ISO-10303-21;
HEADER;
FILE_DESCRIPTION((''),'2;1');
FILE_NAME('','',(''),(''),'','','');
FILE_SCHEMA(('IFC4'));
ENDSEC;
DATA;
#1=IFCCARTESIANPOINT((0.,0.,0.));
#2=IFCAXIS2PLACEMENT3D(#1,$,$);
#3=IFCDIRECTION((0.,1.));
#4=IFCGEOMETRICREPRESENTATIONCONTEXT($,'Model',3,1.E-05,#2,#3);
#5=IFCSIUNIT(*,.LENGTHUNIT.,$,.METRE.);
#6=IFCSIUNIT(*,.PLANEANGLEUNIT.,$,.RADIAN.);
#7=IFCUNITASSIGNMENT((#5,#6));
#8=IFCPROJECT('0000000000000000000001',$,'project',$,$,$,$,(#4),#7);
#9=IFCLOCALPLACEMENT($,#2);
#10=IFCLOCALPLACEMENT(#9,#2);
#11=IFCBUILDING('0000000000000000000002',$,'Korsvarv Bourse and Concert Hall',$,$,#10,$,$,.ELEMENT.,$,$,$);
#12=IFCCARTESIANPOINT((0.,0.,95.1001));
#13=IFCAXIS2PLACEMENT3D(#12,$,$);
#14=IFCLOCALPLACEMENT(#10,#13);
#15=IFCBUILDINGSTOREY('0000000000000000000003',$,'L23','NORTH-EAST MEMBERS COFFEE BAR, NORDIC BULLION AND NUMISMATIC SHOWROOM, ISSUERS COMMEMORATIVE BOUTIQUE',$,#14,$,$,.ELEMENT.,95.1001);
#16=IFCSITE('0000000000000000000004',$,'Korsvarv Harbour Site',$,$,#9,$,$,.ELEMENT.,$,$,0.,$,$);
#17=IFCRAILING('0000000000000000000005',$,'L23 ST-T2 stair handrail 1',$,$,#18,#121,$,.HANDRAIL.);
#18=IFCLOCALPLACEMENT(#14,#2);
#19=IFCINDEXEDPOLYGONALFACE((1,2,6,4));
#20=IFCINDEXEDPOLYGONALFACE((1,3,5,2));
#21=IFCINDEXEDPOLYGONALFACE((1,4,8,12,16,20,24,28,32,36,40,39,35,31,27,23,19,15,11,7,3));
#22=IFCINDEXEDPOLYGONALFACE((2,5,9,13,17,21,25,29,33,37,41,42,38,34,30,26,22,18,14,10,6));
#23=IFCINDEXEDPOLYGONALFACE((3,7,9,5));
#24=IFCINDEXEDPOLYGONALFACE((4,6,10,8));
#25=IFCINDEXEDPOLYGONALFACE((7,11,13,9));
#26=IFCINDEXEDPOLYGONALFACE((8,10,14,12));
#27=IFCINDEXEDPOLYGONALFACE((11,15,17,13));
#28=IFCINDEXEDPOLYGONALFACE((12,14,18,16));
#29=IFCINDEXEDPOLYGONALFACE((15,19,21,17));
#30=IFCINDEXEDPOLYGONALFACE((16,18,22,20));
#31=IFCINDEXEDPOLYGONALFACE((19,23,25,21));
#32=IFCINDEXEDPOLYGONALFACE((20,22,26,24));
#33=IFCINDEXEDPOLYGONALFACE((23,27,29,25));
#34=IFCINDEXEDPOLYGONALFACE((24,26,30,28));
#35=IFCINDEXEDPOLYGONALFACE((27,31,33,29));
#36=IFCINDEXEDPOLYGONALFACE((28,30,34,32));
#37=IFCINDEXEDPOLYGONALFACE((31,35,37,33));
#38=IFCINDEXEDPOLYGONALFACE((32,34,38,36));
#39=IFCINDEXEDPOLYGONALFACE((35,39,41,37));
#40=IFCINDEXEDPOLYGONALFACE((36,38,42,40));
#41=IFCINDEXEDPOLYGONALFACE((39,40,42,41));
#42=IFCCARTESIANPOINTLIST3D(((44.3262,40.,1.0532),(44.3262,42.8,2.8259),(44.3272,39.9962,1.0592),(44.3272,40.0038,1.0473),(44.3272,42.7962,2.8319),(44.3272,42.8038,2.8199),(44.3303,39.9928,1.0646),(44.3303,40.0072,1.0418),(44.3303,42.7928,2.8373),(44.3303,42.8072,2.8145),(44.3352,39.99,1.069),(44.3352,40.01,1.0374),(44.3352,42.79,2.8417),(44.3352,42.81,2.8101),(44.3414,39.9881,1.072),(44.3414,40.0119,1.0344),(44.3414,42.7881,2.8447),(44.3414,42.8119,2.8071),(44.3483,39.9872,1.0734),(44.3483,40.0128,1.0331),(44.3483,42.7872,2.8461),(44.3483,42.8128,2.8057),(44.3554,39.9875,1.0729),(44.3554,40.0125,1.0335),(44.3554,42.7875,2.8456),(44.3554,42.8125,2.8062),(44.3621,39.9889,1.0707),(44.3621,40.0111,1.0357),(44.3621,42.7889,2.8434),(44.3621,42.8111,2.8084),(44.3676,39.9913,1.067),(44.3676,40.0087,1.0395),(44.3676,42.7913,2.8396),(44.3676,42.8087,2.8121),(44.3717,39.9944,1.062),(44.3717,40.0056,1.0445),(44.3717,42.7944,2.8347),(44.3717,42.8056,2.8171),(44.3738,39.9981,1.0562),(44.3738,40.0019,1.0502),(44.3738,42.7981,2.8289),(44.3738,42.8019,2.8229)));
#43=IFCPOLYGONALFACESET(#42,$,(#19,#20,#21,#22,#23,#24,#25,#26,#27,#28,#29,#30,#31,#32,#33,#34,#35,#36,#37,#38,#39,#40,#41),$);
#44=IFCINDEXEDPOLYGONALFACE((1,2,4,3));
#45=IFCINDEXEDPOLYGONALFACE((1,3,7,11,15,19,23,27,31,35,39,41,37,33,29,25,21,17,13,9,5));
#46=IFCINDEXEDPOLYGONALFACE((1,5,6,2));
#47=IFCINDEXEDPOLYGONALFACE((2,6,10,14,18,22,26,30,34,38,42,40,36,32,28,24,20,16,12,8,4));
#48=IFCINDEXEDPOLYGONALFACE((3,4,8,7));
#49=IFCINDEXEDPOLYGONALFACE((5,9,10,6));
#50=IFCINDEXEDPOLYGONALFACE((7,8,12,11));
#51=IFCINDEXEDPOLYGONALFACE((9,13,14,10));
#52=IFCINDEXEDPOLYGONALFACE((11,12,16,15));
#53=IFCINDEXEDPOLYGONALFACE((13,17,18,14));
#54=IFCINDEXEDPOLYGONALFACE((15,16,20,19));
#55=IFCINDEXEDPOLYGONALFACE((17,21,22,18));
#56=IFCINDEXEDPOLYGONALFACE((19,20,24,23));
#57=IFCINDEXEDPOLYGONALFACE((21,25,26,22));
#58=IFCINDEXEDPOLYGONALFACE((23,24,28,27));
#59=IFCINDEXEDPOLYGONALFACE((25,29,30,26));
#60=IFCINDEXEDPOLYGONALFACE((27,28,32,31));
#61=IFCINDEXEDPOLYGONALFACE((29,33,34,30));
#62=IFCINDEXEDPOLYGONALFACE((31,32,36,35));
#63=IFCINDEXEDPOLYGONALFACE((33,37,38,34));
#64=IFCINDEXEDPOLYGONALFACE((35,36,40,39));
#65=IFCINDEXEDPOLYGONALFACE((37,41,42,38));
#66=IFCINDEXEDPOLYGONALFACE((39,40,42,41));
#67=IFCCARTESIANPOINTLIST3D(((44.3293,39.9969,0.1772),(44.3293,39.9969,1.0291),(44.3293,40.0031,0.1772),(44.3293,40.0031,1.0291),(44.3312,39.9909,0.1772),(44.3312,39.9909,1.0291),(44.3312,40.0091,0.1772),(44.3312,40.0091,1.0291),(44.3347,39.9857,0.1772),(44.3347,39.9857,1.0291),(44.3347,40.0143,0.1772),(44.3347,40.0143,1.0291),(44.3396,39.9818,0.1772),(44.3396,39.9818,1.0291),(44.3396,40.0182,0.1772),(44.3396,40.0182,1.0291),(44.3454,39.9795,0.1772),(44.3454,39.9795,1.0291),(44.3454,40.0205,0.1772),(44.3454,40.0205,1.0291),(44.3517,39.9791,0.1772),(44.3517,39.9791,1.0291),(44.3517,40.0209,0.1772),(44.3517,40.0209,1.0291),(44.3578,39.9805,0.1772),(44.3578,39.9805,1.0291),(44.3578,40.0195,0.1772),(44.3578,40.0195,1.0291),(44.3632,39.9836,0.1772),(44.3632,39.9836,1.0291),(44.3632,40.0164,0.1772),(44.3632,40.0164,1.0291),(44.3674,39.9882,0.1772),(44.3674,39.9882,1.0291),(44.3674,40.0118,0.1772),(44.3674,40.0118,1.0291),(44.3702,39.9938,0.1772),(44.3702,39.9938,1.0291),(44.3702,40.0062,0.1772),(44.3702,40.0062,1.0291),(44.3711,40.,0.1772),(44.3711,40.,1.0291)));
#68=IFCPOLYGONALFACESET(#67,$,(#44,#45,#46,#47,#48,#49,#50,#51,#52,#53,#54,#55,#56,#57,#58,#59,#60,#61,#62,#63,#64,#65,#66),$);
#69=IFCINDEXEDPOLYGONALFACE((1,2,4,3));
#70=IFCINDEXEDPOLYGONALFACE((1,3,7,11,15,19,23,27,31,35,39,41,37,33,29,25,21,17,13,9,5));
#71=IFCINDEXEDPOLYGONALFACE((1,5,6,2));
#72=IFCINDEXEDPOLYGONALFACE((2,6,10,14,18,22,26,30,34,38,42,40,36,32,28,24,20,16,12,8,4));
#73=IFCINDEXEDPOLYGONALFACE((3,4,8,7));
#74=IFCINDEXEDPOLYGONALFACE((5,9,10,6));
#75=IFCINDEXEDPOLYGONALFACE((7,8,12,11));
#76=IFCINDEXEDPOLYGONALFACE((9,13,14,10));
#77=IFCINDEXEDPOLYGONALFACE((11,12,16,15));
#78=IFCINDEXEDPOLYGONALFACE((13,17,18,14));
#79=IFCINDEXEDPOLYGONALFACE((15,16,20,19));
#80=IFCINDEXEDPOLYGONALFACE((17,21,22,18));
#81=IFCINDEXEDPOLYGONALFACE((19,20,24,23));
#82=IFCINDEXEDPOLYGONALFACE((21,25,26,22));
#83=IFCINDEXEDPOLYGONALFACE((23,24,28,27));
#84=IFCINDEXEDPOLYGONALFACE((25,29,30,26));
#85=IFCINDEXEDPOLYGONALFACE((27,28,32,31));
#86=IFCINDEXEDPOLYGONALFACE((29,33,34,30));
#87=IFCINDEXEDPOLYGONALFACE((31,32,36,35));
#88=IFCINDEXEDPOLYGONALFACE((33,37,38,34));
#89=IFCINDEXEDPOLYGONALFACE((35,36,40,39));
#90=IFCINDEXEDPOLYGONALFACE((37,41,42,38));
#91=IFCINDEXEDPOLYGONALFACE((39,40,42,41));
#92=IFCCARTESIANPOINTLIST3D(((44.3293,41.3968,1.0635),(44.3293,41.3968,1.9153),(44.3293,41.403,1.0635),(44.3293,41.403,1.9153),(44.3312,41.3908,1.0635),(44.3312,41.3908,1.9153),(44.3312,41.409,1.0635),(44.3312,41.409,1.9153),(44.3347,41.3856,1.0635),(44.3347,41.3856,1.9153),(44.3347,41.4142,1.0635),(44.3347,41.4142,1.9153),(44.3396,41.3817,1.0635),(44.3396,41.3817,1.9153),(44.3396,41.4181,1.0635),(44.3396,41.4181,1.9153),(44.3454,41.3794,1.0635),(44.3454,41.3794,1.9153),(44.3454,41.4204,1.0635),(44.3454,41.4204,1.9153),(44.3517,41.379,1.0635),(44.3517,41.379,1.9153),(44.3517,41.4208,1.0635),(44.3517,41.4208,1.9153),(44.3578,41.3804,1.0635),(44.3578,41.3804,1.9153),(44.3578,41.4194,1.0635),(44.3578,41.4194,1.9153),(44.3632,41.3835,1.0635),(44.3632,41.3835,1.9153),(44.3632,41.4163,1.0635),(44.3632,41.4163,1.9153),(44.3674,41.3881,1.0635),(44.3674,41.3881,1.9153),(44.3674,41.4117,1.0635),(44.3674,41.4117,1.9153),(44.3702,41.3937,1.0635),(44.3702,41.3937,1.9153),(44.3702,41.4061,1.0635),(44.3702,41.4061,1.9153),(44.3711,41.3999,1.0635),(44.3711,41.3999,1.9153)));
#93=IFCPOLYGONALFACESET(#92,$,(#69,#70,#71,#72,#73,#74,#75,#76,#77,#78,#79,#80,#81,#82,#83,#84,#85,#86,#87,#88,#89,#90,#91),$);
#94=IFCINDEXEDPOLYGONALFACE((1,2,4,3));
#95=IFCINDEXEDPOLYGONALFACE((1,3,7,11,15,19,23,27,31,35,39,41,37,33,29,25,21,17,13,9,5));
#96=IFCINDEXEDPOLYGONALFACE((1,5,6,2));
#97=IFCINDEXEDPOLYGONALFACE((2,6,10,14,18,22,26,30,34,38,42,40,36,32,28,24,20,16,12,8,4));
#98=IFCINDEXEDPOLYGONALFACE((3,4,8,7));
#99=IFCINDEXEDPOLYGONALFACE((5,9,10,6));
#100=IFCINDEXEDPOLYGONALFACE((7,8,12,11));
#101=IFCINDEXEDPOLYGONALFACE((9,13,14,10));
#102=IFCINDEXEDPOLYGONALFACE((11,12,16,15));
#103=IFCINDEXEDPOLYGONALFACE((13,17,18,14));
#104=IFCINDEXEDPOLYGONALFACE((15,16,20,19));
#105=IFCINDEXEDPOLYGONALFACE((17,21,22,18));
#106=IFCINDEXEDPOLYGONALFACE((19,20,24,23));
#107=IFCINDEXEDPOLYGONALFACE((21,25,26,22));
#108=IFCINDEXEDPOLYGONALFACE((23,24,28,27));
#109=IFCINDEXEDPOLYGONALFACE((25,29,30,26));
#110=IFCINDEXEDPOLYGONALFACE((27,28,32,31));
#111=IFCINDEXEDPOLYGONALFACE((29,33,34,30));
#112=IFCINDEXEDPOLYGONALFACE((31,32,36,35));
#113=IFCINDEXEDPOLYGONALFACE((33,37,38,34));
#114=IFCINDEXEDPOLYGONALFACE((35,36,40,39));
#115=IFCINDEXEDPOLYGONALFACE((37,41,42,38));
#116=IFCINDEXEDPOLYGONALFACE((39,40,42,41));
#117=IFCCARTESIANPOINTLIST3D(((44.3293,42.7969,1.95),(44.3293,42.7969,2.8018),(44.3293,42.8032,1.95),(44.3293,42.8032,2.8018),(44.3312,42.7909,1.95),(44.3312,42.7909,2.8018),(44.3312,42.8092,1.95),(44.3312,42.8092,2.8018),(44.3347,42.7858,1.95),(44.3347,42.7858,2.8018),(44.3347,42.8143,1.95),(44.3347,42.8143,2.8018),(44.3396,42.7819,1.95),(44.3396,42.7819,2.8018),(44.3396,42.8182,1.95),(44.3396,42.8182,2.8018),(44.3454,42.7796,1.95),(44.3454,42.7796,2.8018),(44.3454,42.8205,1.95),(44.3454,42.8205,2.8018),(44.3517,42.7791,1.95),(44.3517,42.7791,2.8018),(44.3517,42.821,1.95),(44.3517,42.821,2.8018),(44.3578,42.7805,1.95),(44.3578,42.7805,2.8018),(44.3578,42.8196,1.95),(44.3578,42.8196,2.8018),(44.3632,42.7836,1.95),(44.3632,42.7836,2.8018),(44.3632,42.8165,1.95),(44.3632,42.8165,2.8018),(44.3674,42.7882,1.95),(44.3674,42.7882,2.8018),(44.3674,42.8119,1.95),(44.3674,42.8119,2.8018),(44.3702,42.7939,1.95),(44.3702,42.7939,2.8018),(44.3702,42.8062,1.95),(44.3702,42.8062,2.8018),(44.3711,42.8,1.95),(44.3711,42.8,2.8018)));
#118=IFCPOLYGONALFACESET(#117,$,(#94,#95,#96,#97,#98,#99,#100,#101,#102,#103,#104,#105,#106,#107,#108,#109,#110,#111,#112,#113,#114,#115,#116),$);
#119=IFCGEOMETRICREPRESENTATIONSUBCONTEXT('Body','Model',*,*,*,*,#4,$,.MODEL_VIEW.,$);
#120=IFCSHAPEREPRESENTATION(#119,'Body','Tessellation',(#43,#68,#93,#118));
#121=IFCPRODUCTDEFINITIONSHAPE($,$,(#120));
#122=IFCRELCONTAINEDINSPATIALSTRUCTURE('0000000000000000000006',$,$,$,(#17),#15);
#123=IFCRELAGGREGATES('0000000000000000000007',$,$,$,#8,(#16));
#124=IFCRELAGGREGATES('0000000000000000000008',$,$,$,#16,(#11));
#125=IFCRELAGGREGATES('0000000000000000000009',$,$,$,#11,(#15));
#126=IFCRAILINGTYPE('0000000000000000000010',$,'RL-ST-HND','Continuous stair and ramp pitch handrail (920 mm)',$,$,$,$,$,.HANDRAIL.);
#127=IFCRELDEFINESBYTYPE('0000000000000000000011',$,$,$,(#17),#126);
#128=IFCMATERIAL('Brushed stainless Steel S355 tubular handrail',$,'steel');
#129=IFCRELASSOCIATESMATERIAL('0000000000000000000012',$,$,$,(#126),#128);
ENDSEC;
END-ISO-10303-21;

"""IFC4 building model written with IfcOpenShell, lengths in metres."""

from ifc_helpers import new_model, si_unit, direction, frame, origin, origin_2d, place, context, subcontext, project, spatial, circle, extrude, material, type_object, element, save


model = new_model("IFC4")

# Units and contexts
model_context = context("Model", 3, precision=1e-05, world=origin(), true_north=direction((0.0, 1.0)))
body_context = subcontext(model_context, "Body", "Model", "MODEL_VIEW")
ifc_project = project(units=[si_unit("LENGTHUNIT", "METRE"), si_unit("PLANEANGLEUNIT", "RADIAN")], contexts=[model_context])

# Site, building, storey
site_placement = place(None, origin())
site = spatial("IfcSite", under=ifc_project, at=site_placement, Name="Korsvarv Harbour Site", CompositionType="ELEMENT", RefElevation=0.0)
building_placement = place(site_placement, origin())
building = spatial("IfcBuilding", under=site, at=building_placement, Name="Korsvarv Bourse and Concert Hall", CompositionType="ELEMENT")
storey_placement = place(building_placement, frame((0.0, 0.0, 95.1001)))
storey = spatial("IfcBuildingStorey", under=building, at=storey_placement, Name="L23", Description="NORTH-EAST MEMBERS COFFEE BAR, NORDIC BULLION AND NUMISMATIC SHOWROOM, ISSUERS COMMEMORATIVE BOUTIQUE", CompositionType="ELEMENT", Elevation=95.1001)

# Railing
ifc_material_1 = material(Name="Brushed stainless Steel S355 tubular handrail", Category="steel")
railing_type = type_object("IfcRailingType", Name="RL-ST-HND", Description="Continuous stair and ramp pitch handrail (920 mm)", PredefinedType="HANDRAIL", material=ifc_material_1)
railing_placement = place(storey_placement, frame((44.3501, 40.0, 0.1772)))
element("IfcRailing", 1, at=railing_placement, inside=storey, type_object=railing_type, Name="L23 ST-T2 stair handrail 1", PredefinedType="HANDRAIL", context=body_context, shape_type="SweptSolid", body=[
    extrude(circle(Radius=0.0239, at=origin_2d()), frame((0.0, 0.0, 0.876), z_axis=(0.0, 0.844909, 0.53491), x_axis=(-1.0, 0.0, 0.0)), (0.0, 0.0, 1.0), 3.314),
    extrude(circle(Radius=0.021, at=origin_2d()), origin(), (0.0, 0.0, 1.0), 0.8518),
    extrude(circle(Radius=0.021, at=origin_2d()), frame((0.0, 1.3999, 0.8862)), (0.0, 0.0, 1.0), 0.8518),
    extrude(circle(Radius=0.021, at=origin_2d()), frame((0.0, 2.8, 1.7727)), (0.0, 0.0, 1.0), 0.8518),
])

save(model, "model.ifc")
